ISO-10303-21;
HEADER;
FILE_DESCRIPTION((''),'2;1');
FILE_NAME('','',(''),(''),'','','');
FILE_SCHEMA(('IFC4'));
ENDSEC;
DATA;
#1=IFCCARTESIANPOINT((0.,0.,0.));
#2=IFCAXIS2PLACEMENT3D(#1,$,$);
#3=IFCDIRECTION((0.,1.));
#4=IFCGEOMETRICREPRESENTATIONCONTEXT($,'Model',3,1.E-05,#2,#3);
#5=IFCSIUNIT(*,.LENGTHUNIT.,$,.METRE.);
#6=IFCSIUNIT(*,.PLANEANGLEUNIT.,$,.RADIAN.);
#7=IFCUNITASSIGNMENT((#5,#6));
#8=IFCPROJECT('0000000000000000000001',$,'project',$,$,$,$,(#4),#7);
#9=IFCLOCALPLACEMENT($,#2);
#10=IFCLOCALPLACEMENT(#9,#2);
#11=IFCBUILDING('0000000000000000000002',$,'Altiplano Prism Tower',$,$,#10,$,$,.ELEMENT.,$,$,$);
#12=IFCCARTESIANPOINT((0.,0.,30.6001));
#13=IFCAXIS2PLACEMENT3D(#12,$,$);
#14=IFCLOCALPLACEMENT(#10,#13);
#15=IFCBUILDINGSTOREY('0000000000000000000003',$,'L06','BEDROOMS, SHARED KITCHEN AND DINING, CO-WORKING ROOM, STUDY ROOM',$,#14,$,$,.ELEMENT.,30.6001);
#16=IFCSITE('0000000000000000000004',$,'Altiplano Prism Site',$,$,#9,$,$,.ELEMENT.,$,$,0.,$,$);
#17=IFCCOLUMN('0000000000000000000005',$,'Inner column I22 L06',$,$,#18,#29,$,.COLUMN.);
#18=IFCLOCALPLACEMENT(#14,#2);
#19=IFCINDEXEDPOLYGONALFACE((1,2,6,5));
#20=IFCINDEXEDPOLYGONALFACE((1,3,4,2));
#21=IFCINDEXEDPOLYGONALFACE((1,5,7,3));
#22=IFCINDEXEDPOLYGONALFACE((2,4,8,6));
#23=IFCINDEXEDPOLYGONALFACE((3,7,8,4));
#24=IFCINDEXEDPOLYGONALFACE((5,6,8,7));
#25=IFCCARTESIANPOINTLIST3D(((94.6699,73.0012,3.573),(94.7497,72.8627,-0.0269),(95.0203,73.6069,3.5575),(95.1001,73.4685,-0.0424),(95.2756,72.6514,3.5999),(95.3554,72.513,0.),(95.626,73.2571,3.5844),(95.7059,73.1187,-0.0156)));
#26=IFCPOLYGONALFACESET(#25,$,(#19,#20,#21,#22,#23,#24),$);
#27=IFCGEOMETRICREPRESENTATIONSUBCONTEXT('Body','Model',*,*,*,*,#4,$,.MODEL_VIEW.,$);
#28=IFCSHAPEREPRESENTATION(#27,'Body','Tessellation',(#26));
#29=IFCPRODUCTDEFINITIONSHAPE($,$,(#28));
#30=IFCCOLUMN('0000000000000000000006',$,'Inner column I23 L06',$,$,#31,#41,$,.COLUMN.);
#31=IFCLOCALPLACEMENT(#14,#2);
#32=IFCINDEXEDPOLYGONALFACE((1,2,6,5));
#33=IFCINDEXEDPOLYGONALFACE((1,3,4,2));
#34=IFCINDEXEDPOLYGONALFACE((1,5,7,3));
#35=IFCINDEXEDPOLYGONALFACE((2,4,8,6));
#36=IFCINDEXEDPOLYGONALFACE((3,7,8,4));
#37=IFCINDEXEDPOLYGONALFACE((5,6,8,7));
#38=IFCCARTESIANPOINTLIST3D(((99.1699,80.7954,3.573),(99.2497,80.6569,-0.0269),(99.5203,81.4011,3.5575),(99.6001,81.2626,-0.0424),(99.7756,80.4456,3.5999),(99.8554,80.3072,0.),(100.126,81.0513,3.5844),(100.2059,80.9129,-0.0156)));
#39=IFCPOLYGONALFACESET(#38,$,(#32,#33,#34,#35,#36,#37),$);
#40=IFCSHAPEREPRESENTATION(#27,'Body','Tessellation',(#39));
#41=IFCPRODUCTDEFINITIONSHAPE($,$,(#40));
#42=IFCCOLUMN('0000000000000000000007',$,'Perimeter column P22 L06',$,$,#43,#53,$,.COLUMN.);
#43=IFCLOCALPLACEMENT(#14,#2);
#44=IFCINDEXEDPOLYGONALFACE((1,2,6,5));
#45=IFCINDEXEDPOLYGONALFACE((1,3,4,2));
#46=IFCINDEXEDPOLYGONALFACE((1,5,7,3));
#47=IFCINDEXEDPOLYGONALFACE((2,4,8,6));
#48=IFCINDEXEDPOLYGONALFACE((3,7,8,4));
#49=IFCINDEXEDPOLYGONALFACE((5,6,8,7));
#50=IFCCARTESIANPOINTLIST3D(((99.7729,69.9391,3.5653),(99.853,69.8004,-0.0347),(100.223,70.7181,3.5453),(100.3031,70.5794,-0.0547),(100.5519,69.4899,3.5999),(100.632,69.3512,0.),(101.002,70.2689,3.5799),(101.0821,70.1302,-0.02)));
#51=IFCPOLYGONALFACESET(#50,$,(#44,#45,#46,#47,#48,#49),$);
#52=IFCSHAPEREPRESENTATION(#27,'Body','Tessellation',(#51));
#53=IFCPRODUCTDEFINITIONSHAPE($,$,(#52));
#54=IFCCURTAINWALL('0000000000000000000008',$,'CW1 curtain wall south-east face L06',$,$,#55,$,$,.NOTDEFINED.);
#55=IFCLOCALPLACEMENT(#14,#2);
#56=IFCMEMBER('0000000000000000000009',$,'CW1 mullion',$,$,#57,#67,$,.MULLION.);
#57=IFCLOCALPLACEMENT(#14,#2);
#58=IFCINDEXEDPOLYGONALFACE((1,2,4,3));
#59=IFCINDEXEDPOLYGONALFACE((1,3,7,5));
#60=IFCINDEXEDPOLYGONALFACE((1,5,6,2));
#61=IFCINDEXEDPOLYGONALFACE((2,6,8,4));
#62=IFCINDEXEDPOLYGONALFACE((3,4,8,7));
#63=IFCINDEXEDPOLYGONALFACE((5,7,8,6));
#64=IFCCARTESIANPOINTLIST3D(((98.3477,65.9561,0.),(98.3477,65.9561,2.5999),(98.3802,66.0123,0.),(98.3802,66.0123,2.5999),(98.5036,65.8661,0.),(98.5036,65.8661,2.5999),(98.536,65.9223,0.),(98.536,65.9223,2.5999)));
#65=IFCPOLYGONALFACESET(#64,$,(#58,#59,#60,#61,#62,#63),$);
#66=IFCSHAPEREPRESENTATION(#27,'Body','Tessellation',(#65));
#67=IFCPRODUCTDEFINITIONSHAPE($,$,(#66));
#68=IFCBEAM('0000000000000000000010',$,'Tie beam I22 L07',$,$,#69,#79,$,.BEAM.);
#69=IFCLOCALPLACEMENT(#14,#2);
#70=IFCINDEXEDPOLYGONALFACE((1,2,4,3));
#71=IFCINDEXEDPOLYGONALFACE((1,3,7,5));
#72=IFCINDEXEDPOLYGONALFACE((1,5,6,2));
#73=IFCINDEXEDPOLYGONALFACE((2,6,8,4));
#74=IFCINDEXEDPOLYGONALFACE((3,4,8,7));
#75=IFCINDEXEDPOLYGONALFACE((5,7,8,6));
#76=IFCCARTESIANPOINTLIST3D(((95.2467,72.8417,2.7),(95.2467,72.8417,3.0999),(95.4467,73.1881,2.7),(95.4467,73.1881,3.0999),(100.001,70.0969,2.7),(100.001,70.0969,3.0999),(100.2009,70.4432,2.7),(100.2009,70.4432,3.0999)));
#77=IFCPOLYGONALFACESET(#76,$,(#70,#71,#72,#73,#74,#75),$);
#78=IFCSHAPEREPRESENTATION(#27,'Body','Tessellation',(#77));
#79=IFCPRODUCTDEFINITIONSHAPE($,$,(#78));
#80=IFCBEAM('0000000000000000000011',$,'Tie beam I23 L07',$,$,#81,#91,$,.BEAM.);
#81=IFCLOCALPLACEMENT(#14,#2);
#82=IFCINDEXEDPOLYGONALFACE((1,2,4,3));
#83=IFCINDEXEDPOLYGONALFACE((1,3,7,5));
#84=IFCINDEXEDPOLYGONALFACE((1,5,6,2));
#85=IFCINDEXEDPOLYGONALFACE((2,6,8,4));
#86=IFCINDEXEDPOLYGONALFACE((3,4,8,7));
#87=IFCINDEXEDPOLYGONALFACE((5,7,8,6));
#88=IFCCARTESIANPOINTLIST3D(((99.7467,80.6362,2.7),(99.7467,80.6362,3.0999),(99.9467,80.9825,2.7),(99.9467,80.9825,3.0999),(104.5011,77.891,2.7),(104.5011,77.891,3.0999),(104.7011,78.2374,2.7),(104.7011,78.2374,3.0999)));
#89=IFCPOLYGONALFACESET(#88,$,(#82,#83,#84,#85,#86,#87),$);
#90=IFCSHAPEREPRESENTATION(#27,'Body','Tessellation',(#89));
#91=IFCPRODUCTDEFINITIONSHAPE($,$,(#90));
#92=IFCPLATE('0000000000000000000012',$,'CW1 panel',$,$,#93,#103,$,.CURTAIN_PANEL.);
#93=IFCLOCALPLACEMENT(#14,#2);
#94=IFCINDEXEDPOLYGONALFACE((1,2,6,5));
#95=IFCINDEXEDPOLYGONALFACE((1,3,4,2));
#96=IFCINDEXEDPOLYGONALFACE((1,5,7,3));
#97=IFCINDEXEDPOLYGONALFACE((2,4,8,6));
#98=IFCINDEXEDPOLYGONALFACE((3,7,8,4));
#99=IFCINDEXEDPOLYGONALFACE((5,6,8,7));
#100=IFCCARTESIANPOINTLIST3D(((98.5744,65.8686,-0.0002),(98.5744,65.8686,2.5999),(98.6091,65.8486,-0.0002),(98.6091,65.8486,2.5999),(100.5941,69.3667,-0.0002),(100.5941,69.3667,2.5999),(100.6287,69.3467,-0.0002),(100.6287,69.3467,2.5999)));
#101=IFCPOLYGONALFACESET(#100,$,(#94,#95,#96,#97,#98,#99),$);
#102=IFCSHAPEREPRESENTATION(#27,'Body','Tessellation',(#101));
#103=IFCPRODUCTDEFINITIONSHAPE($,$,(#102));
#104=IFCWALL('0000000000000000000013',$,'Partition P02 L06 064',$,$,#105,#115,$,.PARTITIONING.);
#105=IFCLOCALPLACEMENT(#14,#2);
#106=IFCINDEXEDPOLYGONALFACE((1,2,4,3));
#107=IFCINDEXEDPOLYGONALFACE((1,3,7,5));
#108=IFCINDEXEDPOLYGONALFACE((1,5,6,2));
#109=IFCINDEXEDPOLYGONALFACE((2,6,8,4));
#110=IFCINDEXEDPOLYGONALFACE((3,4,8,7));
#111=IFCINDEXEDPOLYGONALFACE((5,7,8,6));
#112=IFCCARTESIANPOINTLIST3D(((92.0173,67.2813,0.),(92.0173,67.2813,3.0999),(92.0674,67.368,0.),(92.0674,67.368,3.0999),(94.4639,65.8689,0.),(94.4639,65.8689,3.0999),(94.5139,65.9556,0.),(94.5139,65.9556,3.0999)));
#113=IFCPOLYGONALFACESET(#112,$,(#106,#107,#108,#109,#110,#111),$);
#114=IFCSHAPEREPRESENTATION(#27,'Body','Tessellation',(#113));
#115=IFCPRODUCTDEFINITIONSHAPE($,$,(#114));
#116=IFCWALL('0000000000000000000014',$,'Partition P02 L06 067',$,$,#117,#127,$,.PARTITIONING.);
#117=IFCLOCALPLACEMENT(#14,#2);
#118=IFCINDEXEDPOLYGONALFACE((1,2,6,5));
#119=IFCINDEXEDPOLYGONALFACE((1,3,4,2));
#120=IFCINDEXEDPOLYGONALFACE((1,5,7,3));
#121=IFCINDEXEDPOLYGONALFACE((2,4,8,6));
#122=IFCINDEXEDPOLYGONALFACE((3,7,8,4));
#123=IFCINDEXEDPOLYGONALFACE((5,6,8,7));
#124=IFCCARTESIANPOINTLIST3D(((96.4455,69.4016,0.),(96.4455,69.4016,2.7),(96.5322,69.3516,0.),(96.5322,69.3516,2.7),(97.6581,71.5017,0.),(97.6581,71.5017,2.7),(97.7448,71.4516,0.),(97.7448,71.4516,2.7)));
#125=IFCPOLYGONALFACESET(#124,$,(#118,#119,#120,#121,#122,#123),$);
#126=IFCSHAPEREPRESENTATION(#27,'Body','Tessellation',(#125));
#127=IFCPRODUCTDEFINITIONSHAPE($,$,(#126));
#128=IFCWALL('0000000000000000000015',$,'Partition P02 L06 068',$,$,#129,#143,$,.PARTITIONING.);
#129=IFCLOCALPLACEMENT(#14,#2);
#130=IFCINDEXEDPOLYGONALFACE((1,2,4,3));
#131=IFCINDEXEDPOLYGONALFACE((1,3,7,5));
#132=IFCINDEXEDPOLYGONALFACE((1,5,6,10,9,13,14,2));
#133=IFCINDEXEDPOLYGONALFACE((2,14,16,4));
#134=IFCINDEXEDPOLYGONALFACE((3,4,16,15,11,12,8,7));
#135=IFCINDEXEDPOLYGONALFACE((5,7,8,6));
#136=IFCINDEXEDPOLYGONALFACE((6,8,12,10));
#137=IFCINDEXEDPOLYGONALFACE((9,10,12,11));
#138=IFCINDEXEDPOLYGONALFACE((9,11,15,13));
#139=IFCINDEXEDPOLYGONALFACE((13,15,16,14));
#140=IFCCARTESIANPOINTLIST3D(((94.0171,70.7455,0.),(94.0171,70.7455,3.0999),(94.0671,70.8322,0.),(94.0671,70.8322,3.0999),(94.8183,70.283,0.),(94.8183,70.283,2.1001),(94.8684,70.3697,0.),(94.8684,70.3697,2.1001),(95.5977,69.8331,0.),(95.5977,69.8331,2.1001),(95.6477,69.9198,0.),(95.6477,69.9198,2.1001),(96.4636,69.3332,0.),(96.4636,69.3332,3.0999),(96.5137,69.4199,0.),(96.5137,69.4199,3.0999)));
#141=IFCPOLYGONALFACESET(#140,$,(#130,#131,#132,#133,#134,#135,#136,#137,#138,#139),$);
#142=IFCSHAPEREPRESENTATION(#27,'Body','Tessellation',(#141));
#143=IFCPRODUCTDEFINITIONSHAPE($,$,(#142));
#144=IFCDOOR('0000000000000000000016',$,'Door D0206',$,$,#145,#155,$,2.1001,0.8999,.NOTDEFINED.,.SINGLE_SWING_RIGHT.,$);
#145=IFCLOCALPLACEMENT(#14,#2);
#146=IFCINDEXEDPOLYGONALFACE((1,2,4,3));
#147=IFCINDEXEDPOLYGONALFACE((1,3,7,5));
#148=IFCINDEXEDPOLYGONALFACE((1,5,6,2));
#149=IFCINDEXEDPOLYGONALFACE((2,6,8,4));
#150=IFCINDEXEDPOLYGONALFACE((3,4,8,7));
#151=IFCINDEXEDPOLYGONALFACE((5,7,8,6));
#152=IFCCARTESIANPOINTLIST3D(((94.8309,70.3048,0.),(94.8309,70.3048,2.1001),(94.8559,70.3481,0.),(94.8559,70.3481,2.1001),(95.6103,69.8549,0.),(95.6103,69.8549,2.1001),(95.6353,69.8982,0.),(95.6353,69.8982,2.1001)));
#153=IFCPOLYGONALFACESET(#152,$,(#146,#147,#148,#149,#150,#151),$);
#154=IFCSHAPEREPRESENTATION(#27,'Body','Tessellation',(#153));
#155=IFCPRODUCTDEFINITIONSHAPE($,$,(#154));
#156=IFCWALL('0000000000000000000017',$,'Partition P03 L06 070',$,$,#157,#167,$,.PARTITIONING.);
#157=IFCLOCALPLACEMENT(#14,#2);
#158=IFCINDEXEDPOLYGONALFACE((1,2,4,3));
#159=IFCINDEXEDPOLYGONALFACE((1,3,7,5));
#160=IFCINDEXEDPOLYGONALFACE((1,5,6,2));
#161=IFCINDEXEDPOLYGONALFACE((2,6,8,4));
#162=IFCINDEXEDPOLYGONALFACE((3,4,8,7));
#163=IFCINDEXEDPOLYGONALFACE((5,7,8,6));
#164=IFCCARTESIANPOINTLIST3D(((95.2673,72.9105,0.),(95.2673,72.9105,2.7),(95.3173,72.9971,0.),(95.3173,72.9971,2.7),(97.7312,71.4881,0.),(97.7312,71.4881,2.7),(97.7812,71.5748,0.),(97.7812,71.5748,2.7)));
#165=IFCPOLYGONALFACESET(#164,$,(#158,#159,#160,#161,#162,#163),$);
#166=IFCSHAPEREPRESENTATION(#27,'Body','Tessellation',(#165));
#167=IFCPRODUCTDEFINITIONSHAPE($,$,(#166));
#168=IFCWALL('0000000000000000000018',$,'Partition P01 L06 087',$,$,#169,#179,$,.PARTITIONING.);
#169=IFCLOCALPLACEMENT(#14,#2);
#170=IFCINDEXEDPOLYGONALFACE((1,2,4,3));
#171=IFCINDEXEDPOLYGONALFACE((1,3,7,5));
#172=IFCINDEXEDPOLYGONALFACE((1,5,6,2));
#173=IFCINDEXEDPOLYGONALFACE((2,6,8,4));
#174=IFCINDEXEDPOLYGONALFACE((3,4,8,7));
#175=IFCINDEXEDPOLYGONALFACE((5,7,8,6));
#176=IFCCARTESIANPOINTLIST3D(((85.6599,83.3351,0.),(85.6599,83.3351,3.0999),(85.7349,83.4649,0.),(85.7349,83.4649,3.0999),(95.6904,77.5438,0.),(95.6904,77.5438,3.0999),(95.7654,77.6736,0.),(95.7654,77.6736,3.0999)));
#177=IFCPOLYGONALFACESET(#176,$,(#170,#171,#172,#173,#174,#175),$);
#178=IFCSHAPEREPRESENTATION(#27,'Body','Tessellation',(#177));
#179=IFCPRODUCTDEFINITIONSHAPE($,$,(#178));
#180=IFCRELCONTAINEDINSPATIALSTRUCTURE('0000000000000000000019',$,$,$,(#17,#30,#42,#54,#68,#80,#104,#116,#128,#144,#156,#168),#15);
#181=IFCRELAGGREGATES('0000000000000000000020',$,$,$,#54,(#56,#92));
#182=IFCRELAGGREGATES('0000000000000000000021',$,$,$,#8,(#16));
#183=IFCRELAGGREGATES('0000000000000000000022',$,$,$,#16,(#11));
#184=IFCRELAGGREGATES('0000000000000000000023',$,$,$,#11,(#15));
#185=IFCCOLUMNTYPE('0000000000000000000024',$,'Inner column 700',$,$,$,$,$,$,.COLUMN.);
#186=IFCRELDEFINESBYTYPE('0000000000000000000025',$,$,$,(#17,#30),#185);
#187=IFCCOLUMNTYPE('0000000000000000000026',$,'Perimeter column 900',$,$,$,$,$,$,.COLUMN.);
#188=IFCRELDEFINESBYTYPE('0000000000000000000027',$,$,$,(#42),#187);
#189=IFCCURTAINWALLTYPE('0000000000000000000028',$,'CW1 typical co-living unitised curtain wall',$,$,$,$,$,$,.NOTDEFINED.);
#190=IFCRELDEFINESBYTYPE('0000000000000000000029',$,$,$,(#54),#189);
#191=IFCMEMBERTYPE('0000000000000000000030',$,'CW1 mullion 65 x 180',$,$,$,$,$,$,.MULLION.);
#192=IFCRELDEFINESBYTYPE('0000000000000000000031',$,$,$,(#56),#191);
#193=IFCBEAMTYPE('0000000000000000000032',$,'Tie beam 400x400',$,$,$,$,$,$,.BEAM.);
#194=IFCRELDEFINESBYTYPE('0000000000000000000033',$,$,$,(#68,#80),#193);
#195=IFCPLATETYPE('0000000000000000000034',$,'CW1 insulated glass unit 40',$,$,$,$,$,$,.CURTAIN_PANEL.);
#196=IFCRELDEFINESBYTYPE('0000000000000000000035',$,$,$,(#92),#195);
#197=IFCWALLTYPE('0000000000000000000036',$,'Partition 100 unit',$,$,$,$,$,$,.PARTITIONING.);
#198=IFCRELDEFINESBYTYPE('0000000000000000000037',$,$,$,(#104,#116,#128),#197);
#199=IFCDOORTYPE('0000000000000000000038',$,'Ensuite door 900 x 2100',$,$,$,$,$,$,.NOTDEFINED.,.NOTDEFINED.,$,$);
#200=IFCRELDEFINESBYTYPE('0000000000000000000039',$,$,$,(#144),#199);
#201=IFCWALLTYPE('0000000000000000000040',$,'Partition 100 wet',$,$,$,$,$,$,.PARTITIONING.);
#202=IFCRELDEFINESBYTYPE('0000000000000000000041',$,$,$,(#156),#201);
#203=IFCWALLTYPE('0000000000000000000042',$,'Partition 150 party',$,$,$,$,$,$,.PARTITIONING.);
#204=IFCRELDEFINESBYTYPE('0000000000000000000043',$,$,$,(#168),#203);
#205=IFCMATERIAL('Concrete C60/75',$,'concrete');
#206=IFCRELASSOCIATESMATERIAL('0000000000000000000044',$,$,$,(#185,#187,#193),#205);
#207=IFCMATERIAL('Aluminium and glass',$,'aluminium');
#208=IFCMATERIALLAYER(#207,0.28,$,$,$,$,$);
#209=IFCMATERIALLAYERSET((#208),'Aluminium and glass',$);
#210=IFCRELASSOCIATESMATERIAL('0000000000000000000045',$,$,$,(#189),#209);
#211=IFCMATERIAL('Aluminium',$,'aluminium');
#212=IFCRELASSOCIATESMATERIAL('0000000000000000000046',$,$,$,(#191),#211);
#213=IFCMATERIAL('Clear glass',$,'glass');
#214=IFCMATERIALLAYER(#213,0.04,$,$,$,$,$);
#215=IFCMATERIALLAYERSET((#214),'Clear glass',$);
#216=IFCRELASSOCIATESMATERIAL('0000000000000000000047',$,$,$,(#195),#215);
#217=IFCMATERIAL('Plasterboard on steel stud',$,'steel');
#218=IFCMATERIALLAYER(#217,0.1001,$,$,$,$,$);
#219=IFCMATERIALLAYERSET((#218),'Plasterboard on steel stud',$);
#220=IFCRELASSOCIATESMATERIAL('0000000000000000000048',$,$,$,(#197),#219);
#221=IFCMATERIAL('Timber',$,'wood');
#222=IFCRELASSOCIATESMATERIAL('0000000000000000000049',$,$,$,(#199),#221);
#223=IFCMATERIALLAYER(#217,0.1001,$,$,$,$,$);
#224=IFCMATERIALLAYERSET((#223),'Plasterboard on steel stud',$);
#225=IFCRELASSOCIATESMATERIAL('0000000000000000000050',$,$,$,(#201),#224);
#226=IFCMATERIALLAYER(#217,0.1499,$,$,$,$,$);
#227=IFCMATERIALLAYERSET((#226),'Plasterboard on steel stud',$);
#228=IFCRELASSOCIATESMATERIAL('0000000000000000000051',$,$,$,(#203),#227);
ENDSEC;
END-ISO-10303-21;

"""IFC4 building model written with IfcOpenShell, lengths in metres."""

from ifc_helpers import new_model, si_unit, direction, frame, frame_2d, origin, origin_2d, place, context, subcontext, project, spatial, rectangle, extrude, material, layer, layer_set, material_profile, profile_set, type_object, element, fill, aggregate, save


model = new_model("IFC4")

# Units and contexts
model_context = context("Model", 3, precision=1e-05, world=origin(), true_north=direction((0.0, 1.0)))
body_context = subcontext(model_context, "Body", "Model", "MODEL_VIEW")
ifc_project = project(units=[si_unit("LENGTHUNIT", "METRE"), si_unit("PLANEANGLEUNIT", "RADIAN")], contexts=[model_context])

# Site, building, storey
site_placement = place(None, origin())
site = spatial("IfcSite", under=ifc_project, at=site_placement, Name="Altiplano Prism Site", CompositionType="ELEMENT", RefElevation=0.0)
building_placement = place(site_placement, origin())
building = spatial("IfcBuilding", under=site, at=building_placement, Name="Altiplano Prism Tower", CompositionType="ELEMENT")
storey_placement = place(building_placement, frame((0.0, 0.0, 30.6001)))
storey = spatial("IfcBuildingStorey", under=building, at=storey_placement, Name="L06", Description="BEDROOMS, SHARED KITCHEN AND DINING, CO-WORKING ROOM, STUDY ROOM", CompositionType="ELEMENT", Elevation=30.6001)

# Columns
ifc_material_1 = material(Name="Concrete C60/75", Category="concrete")
ifc_material_profile_1 = material_profile(ifc_material_1, rectangle(XDim=0.7, YDim=0.7, at=origin_2d()), Name="Inner column 700")
ifc_profile_set_1 = profile_set([ifc_material_profile_1], Name="Concrete C60/75")
column_type_1 = type_object("IfcColumnType", Name="Inner column 700", PredefinedType="COLUMN", material=ifc_profile_set_1)
for number, where, z_axis, x_axis, name in (
    (1, (95.2278, 72.9907, -0.0212), (-0.022155, 0.038416, 0.999016), (-0.500657, -0.865361, 0.022173), "Inner column I22 L06"),
    (2, (99.7278, 80.7849, -0.0212), (-0.022155, 0.038416, 0.999016), (-0.500657, -0.865361, 0.022173), "Inner column I23 L06"),
):
    element("IfcColumn", number, at=place(storey_placement, frame(where, z_axis=z_axis, x_axis=x_axis)), inside=storey, type_object=column_type_1, Name=name, PredefinedType="COLUMN", context=body_context, shape_type="SweptSolid", body=[
        extrude(rectangle(XDim=0.7, YDim=0.7, at=origin_2d()), origin(), (0.0, 0.0, 1.0), 3.6035),
    ])
ifc_material_profile_2 = material_profile(ifc_material_1, rectangle(XDim=0.8999, YDim=0.8999, at=origin_2d()), Name="Perimeter column 900")
ifc_profile_set_2 = profile_set([ifc_material_profile_2], Name="Concrete C60/75")
column_type_2 = type_object("IfcColumnType", Name="Perimeter column 900", PredefinedType="COLUMN", material=ifc_profile_set_2)
column_placement = place(storey_placement, frame((100.4675, 69.9653, -0.0273), z_axis=(-0.022223, 0.038483, 0.999012), x_axis=(-0.500175, -0.865639, 0.022219)))
element("IfcColumn", 3, at=column_placement, inside=storey, type_object=column_type_2, Name="Perimeter column P22 L06", PredefinedType="COLUMN", context=body_context, shape_type="SweptSolid", body=[
    extrude(rectangle(XDim=0.8999, YDim=0.8999, at=origin_2d()), origin(), (0.0, 0.0, 1.0), 3.6035),
])

# Curtain wall, member
ifc_material_2 = material(Name="Aluminium and glass", Category="aluminium")
ifc_layer_1 = layer(ifc_material_2, 0.28)
ifc_layer_set_1 = layer_set([ifc_layer_1], Name="Aluminium and glass")
curtain_wall_type = type_object("IfcCurtainWallType", Name="CW1 typical co-living unitised curtain wall", PredefinedType="NOTDEFINED", material=ifc_layer_set_1)
curtain_wall_placement = place(storey_placement, origin())
curtain_wall = element("IfcCurtainWall", 4, at=curtain_wall_placement, inside=storey, type_object=curtain_wall_type, Name="CW1 curtain wall south-east face L06", PredefinedType="NOTDEFINED")
ifc_material_3 = material(Name="Aluminium", Category="aluminium")
ifc_material_profile_3 = material_profile(ifc_material_3, rectangle(XDim=0.1799, YDim=0.0649, at=origin_2d()), Name="CW1 mullion 65 x 180")
ifc_profile_set_3 = profile_set([ifc_material_profile_3], Name="Aluminium")
member_type = type_object("IfcMemberType", Name="CW1 mullion 65 x 180", PredefinedType="MULLION", material=ifc_profile_set_3)
member_placement = place(storey_placement, frame((98.4419, 65.9392, 0.0), z_axis=(0.0, 0.0, 1.0), x_axis=(-0.866025, 0.5, 0.0)))
member = element("IfcMember", 5, at=member_placement, type_object=member_type, Name="CW1 mullion", PredefinedType="MULLION", context=body_context, shape_type="SweptSolid", body=[
    extrude(rectangle(XDim=0.1799, YDim=0.0649, at=origin_2d()), origin(), (0.0, 0.0, 1.0), 2.5999),
])

# Beams
ifc_material_profile_4 = material_profile(ifc_material_1, rectangle(XDim=0.3999, YDim=0.3999, at=origin_2d()), Name="Tie beam 400x400")
ifc_profile_set_4 = profile_set([ifc_material_profile_4], Name="Concrete C60/75")
beam_type = type_object("IfcBeamType", Name="Tie beam 400x400", PredefinedType="BEAM", material=ifc_profile_set_4)
beam_1_placement = place(storey_placement, frame((95.3467, 73.0149, 2.8999), z_axis=(0.866032, -0.499989, 0.0), x_axis=(0.499989, 0.866032, 0.0)))
element("IfcBeam", 6, at=beam_1_placement, inside=storey, type_object=beam_type, Name="Tie beam I22 L07", PredefinedType="BEAM", context=body_context, shape_type="SweptSolid", body=[
    extrude(rectangle(XDim=0.3999, YDim=0.3999, at=origin_2d()), origin(), (0.0, 0.0, 1.0), 5.4897),
])
beam_2_placement = place(storey_placement, frame((99.8467, 80.8093, 2.8999), z_axis=(0.866012, -0.500023, 0.0), x_axis=(0.500023, 0.866012, 0.0)))
element("IfcBeam", 7, at=beam_2_placement, inside=storey, type_object=beam_type, Name="Tie beam I23 L07", PredefinedType="BEAM", context=body_context, shape_type="SweptSolid", body=[
    extrude(rectangle(XDim=0.3999, YDim=0.3999, at=origin_2d()), origin(), (0.0, 0.0, 1.0), 5.49),
])

# Plate
ifc_material_4 = material(Name="Clear glass", Category="glass")
ifc_layer_2 = layer(ifc_material_4, 0.04)
ifc_layer_set_2 = layer_set([ifc_layer_2], Name="Clear glass")
plate_type = type_object("IfcPlateType", Name="CW1 insulated glass unit 40", PredefinedType="CURTAIN_PANEL", material=ifc_layer_set_2)
plate_placement = place(storey_placement, frame((99.6016, 67.6077, -0.0002), z_axis=(0.0, 0.0, 1.0), x_axis=(0.5, 0.866025, 0.0)))
plate = element("IfcPlate", 8, at=plate_placement, type_object=plate_type, Name="CW1 panel", PredefinedType="CURTAIN_PANEL", context=body_context, shape_type="SweptSolid", body=[
    extrude(rectangle(XDim=4.0393, YDim=0.04, at=origin_2d()), origin(), (0.0, 0.0, 1.0), 2.6001),
])
aggregate(curtain_wall, [member, plate])

# Walls
ifc_material_5 = material(Name="Plasterboard on steel stud", Category="steel")
ifc_layer_3 = layer(ifc_material_5, 0.1001)
ifc_layer_set_3 = layer_set([ifc_layer_3], Name="Plasterboard on steel stud")
wall_type_1 = type_object("IfcWallType", Name="Partition 100 unit", PredefinedType="PARTITIONING", material=ifc_layer_set_3)
wall_1_placement = place(storey_placement, frame((92.0422, 67.3247, 0.0), z_axis=(0.0, 0.0, 1.0), x_axis=(0.866049, -0.499959, 0.0)))
element("IfcWall", 9, at=wall_1_placement, inside=storey, type_object=wall_type_1, Name="Partition P02 L06 064", PredefinedType="PARTITIONING", context=body_context, shape_type="SweptSolid", body=[
    extrude(rectangle(XDim=2.825, YDim=0.1001, at=frame_2d((1.4126, 0.0))), origin(), (0.0, 0.0, 1.0), 3.0999),
])
wall_2_placement = place(storey_placement, frame((97.7014, 71.4766, 0.0), z_axis=(0.0, 0.0, 1.0), x_axis=(-0.500048, -0.865998, 0.0)))
element("IfcWall", 10, at=wall_2_placement, inside=storey, type_object=wall_type_1, Name="Partition P02 L06 067", PredefinedType="PARTITIONING", context=body_context, shape_type="SweptSolid", body=[
    extrude(rectangle(XDim=2.425, YDim=0.1001, at=frame_2d((1.2124, 0.0))), origin(), (0.0, 0.0, 1.0), 2.7),
])

# Wall, opening, door
wall_3_placement = place(storey_placement, frame((96.4888, 69.3765, 0.0), z_axis=(0.0, 0.0, 1.0), x_axis=(-0.866049, 0.499959, 0.0)))
wall_3 = element("IfcWall", 11, at=wall_3_placement, inside=storey, type_object=wall_type_1, Name="Partition P02 L06 068", PredefinedType="PARTITIONING", context=body_context, shape_type="SweptSolid", body=[
    extrude(rectangle(XDim=2.825, YDim=0.1001, at=frame_2d((1.4126, 0.0))), origin(), (0.0, 0.0, 1.0), 3.0999),
])
opening_placement = place(wall_3_placement, frame((1.0, 0.0, 0.0)))
opening = element("IfcOpeningElement", 12, at=opening_placement, cuts=wall_3, PredefinedType="OPENING", context=body_context, shape_type="SweptSolid", body=[
    extrude(rectangle(XDim=0.8999, YDim=2.1001, at=frame_2d((0.45, 1.05))), frame((0.0, 0.0605, 0.0), z_axis=(0.0, -1.0, 0.0), x_axis=(1.0, 0.0, 0.0)), (0.0, 0.0, 1.0), 0.1211),
])
ifc_material_6 = material(Name="Timber", Category="wood")
door_type = type_object("IfcDoorType", Name="Ensuite door 900 x 2100", OperationType="NOTDEFINED", PredefinedType="NOTDEFINED", material=ifc_material_6)
door_placement = place(opening_placement, origin())
door = element("IfcDoor", 13, at=door_placement, inside=storey, type_object=door_type, Name="Door D0206", OperationType="SINGLE_SWING_RIGHT", OverallHeight=2.1001, OverallWidth=0.8999, PredefinedType="NOTDEFINED", context=body_context, shape_type="SweptSolid", body=[
    extrude(rectangle(XDim=0.8999, YDim=2.1001, at=frame_2d((0.45, 1.05))), frame((0.0, 0.0249, 0.0), z_axis=(0.0, -1.0, 0.0), x_axis=(1.0, 0.0, 0.0)), (0.0, 0.0, 1.0), 0.05),
])
fill(opening, door)

# Walls
ifc_layer_4 = layer(ifc_material_5, 0.1001)
ifc_layer_set_4 = layer_set([ifc_layer_4], Name="Plasterboard on steel stud")
wall_type_2 = type_object("IfcWallType", Name="Partition 100 wet", PredefinedType="PARTITIONING", material=ifc_layer_set_4)
wall_4_placement = place(storey_placement, frame((97.7561, 71.5315, 0.0), z_axis=(0.0, 0.0, 1.0), x_axis=(-0.866048, 0.49996, 0.0)))
element("IfcWall", 14, at=wall_4_placement, inside=storey, type_object=wall_type_2, Name="Partition P03 L06 070", PredefinedType="PARTITIONING", context=body_context, shape_type="SweptSolid", body=[
    extrude(rectangle(XDim=2.845, YDim=0.1001, at=frame_2d((1.4224, 0.0))), origin(), (0.0, 0.0, 1.0), 2.7),
])
ifc_layer_5 = layer(ifc_material_5, 0.1499)
ifc_layer_set_5 = layer_set([ifc_layer_5], Name="Plasterboard on steel stud")
wall_type_3 = type_object("IfcWallType", Name="Partition 150 party", PredefinedType="PARTITIONING", material=ifc_layer_set_5)
wall_5_placement = place(storey_placement, frame((85.6975, 83.3999, 0.0), z_axis=(0.0, 0.0, 1.0), x_axis=(0.86602, -0.500009, 0.0)))
element("IfcWall", 15, at=wall_5_placement, inside=storey, type_object=wall_type_3, Name="Partition P01 L06 087", PredefinedType="PARTITIONING", context=body_context, shape_type="SweptSolid", body=[
    extrude(rectangle(XDim=11.5823, YDim=0.1499, at=frame_2d((5.791, 0.0))), origin(), (0.0, 0.0, 1.0), 3.0999),
])

save(model, "model.ifc")
